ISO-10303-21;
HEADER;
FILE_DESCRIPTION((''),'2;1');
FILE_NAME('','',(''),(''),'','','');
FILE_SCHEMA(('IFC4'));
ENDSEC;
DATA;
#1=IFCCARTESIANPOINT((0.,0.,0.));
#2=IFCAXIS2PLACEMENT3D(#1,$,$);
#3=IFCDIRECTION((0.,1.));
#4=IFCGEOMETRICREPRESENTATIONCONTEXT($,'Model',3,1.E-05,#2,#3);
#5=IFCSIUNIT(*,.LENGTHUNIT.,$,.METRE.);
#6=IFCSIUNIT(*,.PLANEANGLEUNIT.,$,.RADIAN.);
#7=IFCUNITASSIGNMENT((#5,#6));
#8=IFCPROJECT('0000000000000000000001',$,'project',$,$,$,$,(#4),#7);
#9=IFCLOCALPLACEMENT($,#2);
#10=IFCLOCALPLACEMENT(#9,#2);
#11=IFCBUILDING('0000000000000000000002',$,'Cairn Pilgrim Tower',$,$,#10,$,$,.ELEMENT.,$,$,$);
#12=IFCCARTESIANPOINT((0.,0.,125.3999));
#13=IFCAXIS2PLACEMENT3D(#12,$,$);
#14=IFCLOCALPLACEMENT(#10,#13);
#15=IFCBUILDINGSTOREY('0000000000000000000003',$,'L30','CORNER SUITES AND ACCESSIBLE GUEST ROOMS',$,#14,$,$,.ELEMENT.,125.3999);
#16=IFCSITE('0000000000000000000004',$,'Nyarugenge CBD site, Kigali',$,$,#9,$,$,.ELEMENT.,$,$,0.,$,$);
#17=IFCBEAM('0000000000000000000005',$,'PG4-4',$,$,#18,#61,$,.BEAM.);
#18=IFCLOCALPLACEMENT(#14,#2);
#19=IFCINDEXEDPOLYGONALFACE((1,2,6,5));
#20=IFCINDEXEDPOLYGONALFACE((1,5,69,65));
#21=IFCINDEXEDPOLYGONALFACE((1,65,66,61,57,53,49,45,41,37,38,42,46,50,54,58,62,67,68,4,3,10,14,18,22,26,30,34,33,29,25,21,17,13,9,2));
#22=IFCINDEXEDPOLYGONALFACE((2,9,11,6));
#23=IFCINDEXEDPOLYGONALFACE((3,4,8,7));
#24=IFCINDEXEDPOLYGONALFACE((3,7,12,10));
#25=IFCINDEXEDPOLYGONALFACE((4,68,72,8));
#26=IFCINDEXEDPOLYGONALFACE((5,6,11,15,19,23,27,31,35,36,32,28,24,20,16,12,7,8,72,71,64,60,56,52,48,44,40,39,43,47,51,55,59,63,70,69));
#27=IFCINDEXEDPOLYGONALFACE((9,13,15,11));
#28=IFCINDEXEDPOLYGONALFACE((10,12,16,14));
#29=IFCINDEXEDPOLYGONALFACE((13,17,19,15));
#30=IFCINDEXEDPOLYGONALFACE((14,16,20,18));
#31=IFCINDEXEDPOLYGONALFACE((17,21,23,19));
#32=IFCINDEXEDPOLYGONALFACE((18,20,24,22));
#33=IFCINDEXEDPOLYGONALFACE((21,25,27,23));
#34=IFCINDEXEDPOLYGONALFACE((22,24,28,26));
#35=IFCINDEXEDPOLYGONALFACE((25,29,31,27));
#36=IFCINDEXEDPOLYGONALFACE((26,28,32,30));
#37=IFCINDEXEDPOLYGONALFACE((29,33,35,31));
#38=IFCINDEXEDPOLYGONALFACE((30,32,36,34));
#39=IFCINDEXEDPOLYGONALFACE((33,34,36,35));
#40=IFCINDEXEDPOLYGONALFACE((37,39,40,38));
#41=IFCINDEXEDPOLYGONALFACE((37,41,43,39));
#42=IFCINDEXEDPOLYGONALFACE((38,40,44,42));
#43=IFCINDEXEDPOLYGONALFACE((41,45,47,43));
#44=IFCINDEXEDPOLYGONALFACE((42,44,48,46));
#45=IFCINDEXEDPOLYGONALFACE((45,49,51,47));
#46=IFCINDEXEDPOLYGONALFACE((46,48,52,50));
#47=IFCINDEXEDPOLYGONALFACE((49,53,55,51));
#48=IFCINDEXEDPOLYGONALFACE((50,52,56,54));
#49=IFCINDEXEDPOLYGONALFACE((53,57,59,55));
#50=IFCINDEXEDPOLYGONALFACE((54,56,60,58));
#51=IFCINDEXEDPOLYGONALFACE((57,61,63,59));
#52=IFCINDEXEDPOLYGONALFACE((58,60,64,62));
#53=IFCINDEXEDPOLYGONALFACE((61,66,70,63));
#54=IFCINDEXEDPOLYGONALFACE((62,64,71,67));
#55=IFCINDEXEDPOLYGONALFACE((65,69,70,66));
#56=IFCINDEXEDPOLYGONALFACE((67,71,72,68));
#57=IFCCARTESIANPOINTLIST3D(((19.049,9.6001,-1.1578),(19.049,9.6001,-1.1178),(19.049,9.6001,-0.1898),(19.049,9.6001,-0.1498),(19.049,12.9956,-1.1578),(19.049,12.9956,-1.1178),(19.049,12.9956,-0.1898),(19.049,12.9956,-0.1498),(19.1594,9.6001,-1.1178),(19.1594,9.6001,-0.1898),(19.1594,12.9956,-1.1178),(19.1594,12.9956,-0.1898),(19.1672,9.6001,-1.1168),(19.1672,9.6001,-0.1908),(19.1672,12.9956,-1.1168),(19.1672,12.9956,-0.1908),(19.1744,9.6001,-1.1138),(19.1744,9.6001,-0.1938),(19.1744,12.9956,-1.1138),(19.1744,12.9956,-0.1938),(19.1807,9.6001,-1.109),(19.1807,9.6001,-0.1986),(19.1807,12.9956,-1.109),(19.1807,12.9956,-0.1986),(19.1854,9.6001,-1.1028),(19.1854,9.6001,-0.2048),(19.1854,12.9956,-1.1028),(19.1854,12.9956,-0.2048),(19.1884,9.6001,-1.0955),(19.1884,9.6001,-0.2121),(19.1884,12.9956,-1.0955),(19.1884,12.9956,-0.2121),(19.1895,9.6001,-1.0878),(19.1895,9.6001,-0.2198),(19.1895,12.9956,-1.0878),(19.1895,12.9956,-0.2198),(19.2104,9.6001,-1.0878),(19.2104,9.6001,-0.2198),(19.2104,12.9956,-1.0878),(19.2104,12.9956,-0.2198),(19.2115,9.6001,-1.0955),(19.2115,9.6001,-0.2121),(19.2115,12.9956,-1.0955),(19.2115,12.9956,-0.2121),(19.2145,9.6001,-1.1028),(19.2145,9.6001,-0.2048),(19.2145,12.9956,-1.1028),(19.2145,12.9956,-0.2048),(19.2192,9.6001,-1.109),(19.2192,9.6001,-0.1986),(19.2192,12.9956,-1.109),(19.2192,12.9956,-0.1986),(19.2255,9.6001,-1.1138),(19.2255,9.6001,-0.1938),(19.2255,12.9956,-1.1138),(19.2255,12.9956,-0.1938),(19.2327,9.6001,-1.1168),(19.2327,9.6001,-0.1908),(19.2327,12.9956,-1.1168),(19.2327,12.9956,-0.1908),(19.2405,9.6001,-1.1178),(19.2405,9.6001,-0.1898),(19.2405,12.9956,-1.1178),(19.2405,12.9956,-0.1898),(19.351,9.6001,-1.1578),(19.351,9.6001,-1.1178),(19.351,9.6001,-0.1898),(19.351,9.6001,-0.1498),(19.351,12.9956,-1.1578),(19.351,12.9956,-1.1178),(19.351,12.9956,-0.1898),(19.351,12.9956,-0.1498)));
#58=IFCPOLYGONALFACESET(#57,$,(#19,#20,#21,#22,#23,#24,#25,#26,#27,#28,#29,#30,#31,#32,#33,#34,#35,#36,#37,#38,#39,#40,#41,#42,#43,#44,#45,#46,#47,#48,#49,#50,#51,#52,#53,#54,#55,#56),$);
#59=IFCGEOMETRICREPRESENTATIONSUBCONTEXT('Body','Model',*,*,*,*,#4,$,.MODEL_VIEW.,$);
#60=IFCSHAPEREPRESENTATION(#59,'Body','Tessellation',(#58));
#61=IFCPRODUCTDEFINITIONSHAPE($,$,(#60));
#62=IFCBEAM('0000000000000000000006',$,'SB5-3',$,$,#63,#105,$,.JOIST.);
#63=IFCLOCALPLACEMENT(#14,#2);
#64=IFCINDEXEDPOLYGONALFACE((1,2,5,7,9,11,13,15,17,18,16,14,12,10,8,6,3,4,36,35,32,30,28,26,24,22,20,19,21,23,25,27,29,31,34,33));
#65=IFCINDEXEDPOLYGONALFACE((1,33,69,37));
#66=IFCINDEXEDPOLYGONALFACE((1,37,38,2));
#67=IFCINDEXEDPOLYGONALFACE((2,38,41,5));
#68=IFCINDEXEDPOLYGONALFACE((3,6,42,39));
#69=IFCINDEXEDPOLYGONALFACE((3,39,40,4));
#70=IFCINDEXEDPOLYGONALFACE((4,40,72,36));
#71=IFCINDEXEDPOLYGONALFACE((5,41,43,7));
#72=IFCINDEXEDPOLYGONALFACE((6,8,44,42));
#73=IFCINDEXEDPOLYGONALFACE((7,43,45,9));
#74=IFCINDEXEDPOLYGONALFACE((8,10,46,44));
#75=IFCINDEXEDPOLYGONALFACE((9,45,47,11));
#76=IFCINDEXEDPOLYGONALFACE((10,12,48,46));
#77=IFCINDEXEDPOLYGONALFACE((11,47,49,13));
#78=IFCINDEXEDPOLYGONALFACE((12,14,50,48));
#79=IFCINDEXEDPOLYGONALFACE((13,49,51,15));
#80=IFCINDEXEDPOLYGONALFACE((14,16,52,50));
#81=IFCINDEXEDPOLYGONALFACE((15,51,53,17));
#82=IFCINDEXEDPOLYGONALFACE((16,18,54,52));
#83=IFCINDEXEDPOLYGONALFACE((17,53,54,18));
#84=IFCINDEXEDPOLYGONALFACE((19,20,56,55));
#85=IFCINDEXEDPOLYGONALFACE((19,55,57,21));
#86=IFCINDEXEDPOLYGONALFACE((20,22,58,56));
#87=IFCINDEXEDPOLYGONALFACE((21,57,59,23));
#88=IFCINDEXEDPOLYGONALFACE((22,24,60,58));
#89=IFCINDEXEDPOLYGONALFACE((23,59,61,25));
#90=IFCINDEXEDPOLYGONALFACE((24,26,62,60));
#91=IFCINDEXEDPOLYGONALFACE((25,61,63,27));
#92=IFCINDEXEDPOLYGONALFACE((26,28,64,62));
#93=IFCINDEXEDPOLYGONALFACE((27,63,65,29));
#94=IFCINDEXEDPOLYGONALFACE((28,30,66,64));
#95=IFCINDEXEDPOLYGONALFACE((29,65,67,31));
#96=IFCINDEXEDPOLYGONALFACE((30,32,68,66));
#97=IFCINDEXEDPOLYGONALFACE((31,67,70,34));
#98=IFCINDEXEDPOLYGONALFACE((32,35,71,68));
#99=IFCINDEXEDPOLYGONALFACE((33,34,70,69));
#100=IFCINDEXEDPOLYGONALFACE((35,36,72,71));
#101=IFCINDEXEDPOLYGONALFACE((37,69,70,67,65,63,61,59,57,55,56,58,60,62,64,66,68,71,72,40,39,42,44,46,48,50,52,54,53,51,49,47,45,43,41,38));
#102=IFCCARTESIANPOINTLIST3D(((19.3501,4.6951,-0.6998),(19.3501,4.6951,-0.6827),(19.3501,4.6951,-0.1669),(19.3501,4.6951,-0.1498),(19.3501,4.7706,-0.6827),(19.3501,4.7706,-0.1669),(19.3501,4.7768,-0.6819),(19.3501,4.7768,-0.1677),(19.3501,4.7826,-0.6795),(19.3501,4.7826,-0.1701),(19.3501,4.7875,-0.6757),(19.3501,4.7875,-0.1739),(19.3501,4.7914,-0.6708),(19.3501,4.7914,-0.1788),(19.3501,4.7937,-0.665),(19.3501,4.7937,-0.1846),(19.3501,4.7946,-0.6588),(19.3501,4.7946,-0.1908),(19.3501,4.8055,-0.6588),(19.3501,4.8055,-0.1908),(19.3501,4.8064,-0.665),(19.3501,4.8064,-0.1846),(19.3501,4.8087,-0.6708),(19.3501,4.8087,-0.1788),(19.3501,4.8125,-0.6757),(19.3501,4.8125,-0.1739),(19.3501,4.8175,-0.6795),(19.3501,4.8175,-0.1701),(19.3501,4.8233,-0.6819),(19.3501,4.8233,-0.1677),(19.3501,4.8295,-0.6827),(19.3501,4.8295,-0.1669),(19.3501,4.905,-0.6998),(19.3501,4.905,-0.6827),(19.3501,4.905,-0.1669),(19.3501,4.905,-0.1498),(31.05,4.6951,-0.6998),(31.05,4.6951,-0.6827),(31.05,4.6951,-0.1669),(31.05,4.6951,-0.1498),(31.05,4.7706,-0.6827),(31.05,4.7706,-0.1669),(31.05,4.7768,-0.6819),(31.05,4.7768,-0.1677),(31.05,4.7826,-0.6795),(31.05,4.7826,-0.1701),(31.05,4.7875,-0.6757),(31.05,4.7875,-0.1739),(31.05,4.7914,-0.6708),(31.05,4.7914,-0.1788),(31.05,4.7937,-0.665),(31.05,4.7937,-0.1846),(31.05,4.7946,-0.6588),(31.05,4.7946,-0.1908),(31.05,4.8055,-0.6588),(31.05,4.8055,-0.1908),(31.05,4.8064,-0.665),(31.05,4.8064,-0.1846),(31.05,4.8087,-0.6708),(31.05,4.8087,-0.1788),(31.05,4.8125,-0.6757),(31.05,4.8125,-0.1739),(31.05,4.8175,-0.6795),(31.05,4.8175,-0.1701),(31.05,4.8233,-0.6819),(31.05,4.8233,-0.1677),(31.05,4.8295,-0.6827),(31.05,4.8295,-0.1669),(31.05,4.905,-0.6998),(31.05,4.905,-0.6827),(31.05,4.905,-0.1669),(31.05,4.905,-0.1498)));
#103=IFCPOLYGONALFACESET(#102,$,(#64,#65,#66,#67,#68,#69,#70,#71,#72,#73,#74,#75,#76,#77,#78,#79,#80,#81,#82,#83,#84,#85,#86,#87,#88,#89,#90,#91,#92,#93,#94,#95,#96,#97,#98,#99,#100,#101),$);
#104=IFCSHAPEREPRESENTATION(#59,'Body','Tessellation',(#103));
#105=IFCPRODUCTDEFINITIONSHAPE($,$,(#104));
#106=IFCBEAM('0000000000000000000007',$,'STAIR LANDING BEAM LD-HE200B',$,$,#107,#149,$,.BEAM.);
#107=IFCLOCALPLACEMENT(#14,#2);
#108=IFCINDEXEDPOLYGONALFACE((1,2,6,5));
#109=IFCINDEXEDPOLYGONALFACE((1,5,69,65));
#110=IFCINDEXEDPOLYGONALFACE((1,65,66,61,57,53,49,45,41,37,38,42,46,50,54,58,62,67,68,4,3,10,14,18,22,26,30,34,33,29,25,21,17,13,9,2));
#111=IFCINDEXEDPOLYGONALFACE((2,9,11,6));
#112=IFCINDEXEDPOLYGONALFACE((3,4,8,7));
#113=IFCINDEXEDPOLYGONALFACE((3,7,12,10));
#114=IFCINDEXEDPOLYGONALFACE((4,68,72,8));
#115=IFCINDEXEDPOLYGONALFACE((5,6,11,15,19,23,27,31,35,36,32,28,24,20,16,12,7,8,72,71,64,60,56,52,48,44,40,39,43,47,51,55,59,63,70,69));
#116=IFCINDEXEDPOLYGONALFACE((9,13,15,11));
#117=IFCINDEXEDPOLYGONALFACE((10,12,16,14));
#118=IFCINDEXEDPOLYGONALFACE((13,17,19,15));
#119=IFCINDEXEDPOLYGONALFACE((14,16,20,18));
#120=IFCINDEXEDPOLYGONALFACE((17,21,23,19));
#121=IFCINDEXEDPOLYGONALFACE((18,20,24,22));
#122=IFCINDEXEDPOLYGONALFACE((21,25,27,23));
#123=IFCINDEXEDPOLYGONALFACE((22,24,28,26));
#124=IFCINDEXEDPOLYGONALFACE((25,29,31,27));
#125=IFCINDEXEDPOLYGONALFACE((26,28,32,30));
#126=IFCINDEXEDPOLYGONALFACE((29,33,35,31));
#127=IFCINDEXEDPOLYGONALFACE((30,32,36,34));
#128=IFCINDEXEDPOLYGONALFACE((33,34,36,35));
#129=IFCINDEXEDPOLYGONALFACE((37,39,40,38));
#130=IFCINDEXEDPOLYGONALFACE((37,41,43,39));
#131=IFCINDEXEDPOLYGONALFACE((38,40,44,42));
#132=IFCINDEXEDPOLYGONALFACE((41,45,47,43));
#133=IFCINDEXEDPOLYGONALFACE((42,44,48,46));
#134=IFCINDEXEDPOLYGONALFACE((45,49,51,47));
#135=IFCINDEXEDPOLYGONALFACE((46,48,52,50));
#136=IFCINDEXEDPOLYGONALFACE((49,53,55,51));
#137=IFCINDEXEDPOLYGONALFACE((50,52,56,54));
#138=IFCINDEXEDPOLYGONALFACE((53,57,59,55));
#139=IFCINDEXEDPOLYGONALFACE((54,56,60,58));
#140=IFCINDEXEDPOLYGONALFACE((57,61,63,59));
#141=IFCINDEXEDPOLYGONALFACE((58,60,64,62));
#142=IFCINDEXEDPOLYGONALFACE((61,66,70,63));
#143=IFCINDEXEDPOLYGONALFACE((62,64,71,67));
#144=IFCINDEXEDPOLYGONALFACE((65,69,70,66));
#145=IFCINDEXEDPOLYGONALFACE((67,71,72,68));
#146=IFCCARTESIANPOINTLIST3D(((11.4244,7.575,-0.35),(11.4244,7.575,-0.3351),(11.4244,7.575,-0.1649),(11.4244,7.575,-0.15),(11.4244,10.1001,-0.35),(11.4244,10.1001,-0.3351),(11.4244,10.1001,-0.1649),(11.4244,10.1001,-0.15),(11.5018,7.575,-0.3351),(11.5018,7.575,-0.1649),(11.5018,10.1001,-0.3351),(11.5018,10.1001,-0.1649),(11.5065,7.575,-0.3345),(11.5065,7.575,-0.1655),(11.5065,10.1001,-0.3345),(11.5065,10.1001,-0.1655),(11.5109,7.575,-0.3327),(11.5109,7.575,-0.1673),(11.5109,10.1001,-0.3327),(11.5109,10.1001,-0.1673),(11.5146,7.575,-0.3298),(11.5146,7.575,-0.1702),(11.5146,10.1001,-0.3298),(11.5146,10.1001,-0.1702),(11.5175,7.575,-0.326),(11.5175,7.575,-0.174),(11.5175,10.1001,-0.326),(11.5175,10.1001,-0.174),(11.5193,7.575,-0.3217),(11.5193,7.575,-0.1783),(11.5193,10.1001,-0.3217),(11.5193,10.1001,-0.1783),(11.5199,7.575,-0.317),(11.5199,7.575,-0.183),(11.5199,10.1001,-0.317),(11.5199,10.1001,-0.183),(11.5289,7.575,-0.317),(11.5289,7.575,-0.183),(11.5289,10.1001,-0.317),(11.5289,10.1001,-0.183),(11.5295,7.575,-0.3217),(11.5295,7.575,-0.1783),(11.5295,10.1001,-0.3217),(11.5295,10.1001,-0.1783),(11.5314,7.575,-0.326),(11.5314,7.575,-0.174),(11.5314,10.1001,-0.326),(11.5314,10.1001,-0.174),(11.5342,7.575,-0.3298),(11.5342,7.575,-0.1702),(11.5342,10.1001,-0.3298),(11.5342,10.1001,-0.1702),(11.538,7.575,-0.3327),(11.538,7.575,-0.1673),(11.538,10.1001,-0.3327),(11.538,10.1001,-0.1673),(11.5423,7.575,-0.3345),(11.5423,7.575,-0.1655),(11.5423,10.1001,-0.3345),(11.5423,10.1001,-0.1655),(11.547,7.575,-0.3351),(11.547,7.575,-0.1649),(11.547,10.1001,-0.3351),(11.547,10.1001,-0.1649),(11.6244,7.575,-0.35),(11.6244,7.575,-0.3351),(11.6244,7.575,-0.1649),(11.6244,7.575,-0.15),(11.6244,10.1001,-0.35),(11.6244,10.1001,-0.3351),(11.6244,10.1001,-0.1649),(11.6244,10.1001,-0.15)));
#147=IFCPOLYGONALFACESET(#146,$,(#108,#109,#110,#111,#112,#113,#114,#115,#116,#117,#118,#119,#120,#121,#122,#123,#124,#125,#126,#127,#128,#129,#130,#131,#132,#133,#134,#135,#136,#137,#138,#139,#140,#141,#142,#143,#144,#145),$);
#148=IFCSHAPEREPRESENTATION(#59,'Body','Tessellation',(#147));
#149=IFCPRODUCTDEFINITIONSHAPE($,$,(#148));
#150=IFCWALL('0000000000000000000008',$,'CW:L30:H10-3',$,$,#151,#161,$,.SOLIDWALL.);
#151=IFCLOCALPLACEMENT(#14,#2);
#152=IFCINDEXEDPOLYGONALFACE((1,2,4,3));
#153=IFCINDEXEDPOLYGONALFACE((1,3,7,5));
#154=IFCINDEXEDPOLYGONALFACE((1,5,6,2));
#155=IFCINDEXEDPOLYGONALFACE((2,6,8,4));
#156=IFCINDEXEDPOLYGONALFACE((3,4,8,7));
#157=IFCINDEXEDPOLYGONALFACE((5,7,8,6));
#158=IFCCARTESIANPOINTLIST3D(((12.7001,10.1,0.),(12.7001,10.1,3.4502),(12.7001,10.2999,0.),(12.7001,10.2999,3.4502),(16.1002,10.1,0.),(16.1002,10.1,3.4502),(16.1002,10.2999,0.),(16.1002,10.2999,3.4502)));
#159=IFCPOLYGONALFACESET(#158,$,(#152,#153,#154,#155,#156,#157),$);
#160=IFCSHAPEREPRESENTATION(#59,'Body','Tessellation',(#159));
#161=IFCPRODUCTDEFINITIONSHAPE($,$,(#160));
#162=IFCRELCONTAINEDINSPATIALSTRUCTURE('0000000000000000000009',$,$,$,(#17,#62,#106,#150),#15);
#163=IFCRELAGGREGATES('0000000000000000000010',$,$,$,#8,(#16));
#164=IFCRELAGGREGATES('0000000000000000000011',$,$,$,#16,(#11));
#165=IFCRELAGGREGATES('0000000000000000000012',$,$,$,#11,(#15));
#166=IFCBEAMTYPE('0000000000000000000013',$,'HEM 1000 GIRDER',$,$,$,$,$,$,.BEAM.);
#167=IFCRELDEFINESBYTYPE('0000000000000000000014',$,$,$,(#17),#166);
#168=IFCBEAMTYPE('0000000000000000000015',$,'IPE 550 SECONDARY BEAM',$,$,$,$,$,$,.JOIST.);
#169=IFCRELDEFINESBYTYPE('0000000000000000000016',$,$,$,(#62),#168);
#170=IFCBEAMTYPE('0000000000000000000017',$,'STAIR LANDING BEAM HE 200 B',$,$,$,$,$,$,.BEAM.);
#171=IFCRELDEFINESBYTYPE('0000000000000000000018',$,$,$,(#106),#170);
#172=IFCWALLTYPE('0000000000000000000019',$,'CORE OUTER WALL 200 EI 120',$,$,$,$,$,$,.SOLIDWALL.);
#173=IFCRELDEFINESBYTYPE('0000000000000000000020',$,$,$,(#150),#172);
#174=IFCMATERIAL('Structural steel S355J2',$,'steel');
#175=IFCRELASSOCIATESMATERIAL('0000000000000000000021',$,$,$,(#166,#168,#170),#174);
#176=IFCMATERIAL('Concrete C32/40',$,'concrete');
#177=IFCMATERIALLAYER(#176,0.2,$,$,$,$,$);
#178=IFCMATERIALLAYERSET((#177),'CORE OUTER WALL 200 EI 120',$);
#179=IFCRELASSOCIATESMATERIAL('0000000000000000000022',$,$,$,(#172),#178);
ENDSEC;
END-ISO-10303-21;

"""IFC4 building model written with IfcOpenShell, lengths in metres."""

from ifc_helpers import new_model, si_unit, direction, frame, frame_2d, origin, origin_2d, place, context, subcontext, project, spatial, rectangle, i_section, extrude, material, layer, layer_set, material_profile, profile_set, type_object, element, save


model = new_model("IFC4")

# Units and contexts
model_context = context("Model", 3, precision=1e-05, world=origin(), true_north=direction((0.0, 1.0)))
body_context = subcontext(model_context, "Body", "Model", "MODEL_VIEW")
ifc_project = project(units=[si_unit("LENGTHUNIT", "METRE"), si_unit("PLANEANGLEUNIT", "RADIAN")], contexts=[model_context])

# Site, building, storey
site_placement = place(None, origin())
site = spatial("IfcSite", under=ifc_project, at=site_placement, Name="Nyarugenge CBD site, Kigali", CompositionType="ELEMENT", RefElevation=0.0)
building_placement = place(site_placement, origin())
building = spatial("IfcBuilding", under=site, at=building_placement, Name="Cairn Pilgrim Tower", CompositionType="ELEMENT")
storey_placement = place(building_placement, frame((0.0, 0.0, 125.3999)))
storey = spatial("IfcBuildingStorey", under=building, at=storey_placement, Name="L30", Description="CORNER SUITES AND ACCESSIBLE GUEST ROOMS", CompositionType="ELEMENT", Elevation=125.3999)

# Beams
ifc_material_1 = material(Name="Structural steel S355J2", Category="steel")
ifc_material_profile_1 = material_profile(ifc_material_1, i_section(OverallWidth=0.302, OverallDepth=1.0081, WebThickness=0.021, FlangeThickness=0.04, FilletRadius=0.03, at=origin_2d()), Name="HEM 1000")
ifc_profile_set_1 = profile_set([ifc_material_profile_1], Name="Structural steel S355J2")
beam_type_1 = type_object("IfcBeamType", Name="HEM 1000 GIRDER", PredefinedType="BEAM", material=ifc_profile_set_1)
beam_1_placement = place(storey_placement, frame((19.2, 9.6001, -0.6538), z_axis=(0.0, 1.0, 0.0), x_axis=(-1.0, 0.0, 0.0)))
element("IfcBeam", 1, at=beam_1_placement, inside=storey, type_object=beam_type_1, Name="PG4-4", PredefinedType="BEAM", context=body_context, shape_type="SweptSolid", body=[
    extrude(i_section(OverallWidth=0.302, OverallDepth=1.0081, WebThickness=0.021, FlangeThickness=0.04, FilletRadius=0.03, at=origin_2d()), origin(), (0.0, 0.0, 1.0), 3.3955),
])
ifc_material_profile_2 = material_profile(ifc_material_1, i_section(OverallWidth=0.21, OverallDepth=0.55, WebThickness=0.011, FlangeThickness=0.0171, FilletRadius=0.0239, at=origin_2d()), Name="IPE 550")
ifc_profile_set_2 = profile_set([ifc_material_profile_2], Name="Structural steel S355J2")
beam_type_2 = type_object("IfcBeamType", Name="IPE 550 SECONDARY BEAM", PredefinedType="JOIST", material=ifc_profile_set_2)
beam_2_placement = place(storey_placement, frame((19.3501, 4.8, -0.4248), z_axis=(1.0, 0.0, 0.0), x_axis=(0.0, 1.0, 0.0)))
element("IfcBeam", 2, at=beam_2_placement, inside=storey, type_object=beam_type_2, Name="SB5-3", PredefinedType="JOIST", context=body_context, shape_type="SweptSolid", body=[
    extrude(i_section(OverallWidth=0.21, OverallDepth=0.55, WebThickness=0.011, FlangeThickness=0.0171, FilletRadius=0.0239, at=origin_2d()), origin(), (0.0, 0.0, 1.0), 11.7),
])
ifc_material_profile_3 = material_profile(ifc_material_1, i_section(OverallWidth=0.2, OverallDepth=0.2, WebThickness=0.009, FlangeThickness=0.0149, FilletRadius=0.0181, at=origin_2d()), Name="HE 200 B")
ifc_profile_set_3 = profile_set([ifc_material_profile_3], Name="Structural steel S355J2")
beam_type_3 = type_object("IfcBeamType", Name="STAIR LANDING BEAM HE 200 B", PredefinedType="BEAM", material=ifc_profile_set_3)
beam_3_placement = place(storey_placement, frame((11.5244, 10.1001, -0.25), z_axis=(0.0, -1.0, 0.0), x_axis=(1.0, 0.0, 0.0)))
element("IfcBeam", 3, at=beam_3_placement, inside=storey, type_object=beam_type_3, Name="STAIR LANDING BEAM LD-HE200B", PredefinedType="BEAM", context=body_context, shape_type="SweptSolid", body=[
    extrude(i_section(OverallWidth=0.2, OverallDepth=0.2, WebThickness=0.009, FlangeThickness=0.0149, FilletRadius=0.0181, at=origin_2d()), origin(), (0.0, 0.0, 1.0), 2.5251),
])

# Wall
ifc_material_2 = material(Name="Concrete C32/40", Category="concrete")
ifc_layer_1 = layer(ifc_material_2, 0.2)
ifc_layer_set_1 = layer_set([ifc_layer_1], Name="CORE OUTER WALL 200 EI 120")
wall_type_1 = type_object("IfcWallType", Name="CORE OUTER WALL 200 EI 120", PredefinedType="SOLIDWALL", material=ifc_layer_set_1)
wall_1_placement = place(storey_placement, frame((12.7, 10.2, 0.0), z_axis=(0.0, 0.0, 1.0), x_axis=(1.0, 0.0, 0.0)))
element("IfcWall", 4, at=wall_1_placement, inside=storey, type_object=wall_type_1, Name="CW:L30:H10-3", PredefinedType="SOLIDWALL", context=body_context, shape_type="SweptSolid", body=[
    extrude(rectangle(XDim=3.4001, YDim=0.2, at=frame_2d((1.7002, 0.0))), origin(), (0.0, 0.0, 1.0), 3.4502),
])

save(model, "model.ifc")
